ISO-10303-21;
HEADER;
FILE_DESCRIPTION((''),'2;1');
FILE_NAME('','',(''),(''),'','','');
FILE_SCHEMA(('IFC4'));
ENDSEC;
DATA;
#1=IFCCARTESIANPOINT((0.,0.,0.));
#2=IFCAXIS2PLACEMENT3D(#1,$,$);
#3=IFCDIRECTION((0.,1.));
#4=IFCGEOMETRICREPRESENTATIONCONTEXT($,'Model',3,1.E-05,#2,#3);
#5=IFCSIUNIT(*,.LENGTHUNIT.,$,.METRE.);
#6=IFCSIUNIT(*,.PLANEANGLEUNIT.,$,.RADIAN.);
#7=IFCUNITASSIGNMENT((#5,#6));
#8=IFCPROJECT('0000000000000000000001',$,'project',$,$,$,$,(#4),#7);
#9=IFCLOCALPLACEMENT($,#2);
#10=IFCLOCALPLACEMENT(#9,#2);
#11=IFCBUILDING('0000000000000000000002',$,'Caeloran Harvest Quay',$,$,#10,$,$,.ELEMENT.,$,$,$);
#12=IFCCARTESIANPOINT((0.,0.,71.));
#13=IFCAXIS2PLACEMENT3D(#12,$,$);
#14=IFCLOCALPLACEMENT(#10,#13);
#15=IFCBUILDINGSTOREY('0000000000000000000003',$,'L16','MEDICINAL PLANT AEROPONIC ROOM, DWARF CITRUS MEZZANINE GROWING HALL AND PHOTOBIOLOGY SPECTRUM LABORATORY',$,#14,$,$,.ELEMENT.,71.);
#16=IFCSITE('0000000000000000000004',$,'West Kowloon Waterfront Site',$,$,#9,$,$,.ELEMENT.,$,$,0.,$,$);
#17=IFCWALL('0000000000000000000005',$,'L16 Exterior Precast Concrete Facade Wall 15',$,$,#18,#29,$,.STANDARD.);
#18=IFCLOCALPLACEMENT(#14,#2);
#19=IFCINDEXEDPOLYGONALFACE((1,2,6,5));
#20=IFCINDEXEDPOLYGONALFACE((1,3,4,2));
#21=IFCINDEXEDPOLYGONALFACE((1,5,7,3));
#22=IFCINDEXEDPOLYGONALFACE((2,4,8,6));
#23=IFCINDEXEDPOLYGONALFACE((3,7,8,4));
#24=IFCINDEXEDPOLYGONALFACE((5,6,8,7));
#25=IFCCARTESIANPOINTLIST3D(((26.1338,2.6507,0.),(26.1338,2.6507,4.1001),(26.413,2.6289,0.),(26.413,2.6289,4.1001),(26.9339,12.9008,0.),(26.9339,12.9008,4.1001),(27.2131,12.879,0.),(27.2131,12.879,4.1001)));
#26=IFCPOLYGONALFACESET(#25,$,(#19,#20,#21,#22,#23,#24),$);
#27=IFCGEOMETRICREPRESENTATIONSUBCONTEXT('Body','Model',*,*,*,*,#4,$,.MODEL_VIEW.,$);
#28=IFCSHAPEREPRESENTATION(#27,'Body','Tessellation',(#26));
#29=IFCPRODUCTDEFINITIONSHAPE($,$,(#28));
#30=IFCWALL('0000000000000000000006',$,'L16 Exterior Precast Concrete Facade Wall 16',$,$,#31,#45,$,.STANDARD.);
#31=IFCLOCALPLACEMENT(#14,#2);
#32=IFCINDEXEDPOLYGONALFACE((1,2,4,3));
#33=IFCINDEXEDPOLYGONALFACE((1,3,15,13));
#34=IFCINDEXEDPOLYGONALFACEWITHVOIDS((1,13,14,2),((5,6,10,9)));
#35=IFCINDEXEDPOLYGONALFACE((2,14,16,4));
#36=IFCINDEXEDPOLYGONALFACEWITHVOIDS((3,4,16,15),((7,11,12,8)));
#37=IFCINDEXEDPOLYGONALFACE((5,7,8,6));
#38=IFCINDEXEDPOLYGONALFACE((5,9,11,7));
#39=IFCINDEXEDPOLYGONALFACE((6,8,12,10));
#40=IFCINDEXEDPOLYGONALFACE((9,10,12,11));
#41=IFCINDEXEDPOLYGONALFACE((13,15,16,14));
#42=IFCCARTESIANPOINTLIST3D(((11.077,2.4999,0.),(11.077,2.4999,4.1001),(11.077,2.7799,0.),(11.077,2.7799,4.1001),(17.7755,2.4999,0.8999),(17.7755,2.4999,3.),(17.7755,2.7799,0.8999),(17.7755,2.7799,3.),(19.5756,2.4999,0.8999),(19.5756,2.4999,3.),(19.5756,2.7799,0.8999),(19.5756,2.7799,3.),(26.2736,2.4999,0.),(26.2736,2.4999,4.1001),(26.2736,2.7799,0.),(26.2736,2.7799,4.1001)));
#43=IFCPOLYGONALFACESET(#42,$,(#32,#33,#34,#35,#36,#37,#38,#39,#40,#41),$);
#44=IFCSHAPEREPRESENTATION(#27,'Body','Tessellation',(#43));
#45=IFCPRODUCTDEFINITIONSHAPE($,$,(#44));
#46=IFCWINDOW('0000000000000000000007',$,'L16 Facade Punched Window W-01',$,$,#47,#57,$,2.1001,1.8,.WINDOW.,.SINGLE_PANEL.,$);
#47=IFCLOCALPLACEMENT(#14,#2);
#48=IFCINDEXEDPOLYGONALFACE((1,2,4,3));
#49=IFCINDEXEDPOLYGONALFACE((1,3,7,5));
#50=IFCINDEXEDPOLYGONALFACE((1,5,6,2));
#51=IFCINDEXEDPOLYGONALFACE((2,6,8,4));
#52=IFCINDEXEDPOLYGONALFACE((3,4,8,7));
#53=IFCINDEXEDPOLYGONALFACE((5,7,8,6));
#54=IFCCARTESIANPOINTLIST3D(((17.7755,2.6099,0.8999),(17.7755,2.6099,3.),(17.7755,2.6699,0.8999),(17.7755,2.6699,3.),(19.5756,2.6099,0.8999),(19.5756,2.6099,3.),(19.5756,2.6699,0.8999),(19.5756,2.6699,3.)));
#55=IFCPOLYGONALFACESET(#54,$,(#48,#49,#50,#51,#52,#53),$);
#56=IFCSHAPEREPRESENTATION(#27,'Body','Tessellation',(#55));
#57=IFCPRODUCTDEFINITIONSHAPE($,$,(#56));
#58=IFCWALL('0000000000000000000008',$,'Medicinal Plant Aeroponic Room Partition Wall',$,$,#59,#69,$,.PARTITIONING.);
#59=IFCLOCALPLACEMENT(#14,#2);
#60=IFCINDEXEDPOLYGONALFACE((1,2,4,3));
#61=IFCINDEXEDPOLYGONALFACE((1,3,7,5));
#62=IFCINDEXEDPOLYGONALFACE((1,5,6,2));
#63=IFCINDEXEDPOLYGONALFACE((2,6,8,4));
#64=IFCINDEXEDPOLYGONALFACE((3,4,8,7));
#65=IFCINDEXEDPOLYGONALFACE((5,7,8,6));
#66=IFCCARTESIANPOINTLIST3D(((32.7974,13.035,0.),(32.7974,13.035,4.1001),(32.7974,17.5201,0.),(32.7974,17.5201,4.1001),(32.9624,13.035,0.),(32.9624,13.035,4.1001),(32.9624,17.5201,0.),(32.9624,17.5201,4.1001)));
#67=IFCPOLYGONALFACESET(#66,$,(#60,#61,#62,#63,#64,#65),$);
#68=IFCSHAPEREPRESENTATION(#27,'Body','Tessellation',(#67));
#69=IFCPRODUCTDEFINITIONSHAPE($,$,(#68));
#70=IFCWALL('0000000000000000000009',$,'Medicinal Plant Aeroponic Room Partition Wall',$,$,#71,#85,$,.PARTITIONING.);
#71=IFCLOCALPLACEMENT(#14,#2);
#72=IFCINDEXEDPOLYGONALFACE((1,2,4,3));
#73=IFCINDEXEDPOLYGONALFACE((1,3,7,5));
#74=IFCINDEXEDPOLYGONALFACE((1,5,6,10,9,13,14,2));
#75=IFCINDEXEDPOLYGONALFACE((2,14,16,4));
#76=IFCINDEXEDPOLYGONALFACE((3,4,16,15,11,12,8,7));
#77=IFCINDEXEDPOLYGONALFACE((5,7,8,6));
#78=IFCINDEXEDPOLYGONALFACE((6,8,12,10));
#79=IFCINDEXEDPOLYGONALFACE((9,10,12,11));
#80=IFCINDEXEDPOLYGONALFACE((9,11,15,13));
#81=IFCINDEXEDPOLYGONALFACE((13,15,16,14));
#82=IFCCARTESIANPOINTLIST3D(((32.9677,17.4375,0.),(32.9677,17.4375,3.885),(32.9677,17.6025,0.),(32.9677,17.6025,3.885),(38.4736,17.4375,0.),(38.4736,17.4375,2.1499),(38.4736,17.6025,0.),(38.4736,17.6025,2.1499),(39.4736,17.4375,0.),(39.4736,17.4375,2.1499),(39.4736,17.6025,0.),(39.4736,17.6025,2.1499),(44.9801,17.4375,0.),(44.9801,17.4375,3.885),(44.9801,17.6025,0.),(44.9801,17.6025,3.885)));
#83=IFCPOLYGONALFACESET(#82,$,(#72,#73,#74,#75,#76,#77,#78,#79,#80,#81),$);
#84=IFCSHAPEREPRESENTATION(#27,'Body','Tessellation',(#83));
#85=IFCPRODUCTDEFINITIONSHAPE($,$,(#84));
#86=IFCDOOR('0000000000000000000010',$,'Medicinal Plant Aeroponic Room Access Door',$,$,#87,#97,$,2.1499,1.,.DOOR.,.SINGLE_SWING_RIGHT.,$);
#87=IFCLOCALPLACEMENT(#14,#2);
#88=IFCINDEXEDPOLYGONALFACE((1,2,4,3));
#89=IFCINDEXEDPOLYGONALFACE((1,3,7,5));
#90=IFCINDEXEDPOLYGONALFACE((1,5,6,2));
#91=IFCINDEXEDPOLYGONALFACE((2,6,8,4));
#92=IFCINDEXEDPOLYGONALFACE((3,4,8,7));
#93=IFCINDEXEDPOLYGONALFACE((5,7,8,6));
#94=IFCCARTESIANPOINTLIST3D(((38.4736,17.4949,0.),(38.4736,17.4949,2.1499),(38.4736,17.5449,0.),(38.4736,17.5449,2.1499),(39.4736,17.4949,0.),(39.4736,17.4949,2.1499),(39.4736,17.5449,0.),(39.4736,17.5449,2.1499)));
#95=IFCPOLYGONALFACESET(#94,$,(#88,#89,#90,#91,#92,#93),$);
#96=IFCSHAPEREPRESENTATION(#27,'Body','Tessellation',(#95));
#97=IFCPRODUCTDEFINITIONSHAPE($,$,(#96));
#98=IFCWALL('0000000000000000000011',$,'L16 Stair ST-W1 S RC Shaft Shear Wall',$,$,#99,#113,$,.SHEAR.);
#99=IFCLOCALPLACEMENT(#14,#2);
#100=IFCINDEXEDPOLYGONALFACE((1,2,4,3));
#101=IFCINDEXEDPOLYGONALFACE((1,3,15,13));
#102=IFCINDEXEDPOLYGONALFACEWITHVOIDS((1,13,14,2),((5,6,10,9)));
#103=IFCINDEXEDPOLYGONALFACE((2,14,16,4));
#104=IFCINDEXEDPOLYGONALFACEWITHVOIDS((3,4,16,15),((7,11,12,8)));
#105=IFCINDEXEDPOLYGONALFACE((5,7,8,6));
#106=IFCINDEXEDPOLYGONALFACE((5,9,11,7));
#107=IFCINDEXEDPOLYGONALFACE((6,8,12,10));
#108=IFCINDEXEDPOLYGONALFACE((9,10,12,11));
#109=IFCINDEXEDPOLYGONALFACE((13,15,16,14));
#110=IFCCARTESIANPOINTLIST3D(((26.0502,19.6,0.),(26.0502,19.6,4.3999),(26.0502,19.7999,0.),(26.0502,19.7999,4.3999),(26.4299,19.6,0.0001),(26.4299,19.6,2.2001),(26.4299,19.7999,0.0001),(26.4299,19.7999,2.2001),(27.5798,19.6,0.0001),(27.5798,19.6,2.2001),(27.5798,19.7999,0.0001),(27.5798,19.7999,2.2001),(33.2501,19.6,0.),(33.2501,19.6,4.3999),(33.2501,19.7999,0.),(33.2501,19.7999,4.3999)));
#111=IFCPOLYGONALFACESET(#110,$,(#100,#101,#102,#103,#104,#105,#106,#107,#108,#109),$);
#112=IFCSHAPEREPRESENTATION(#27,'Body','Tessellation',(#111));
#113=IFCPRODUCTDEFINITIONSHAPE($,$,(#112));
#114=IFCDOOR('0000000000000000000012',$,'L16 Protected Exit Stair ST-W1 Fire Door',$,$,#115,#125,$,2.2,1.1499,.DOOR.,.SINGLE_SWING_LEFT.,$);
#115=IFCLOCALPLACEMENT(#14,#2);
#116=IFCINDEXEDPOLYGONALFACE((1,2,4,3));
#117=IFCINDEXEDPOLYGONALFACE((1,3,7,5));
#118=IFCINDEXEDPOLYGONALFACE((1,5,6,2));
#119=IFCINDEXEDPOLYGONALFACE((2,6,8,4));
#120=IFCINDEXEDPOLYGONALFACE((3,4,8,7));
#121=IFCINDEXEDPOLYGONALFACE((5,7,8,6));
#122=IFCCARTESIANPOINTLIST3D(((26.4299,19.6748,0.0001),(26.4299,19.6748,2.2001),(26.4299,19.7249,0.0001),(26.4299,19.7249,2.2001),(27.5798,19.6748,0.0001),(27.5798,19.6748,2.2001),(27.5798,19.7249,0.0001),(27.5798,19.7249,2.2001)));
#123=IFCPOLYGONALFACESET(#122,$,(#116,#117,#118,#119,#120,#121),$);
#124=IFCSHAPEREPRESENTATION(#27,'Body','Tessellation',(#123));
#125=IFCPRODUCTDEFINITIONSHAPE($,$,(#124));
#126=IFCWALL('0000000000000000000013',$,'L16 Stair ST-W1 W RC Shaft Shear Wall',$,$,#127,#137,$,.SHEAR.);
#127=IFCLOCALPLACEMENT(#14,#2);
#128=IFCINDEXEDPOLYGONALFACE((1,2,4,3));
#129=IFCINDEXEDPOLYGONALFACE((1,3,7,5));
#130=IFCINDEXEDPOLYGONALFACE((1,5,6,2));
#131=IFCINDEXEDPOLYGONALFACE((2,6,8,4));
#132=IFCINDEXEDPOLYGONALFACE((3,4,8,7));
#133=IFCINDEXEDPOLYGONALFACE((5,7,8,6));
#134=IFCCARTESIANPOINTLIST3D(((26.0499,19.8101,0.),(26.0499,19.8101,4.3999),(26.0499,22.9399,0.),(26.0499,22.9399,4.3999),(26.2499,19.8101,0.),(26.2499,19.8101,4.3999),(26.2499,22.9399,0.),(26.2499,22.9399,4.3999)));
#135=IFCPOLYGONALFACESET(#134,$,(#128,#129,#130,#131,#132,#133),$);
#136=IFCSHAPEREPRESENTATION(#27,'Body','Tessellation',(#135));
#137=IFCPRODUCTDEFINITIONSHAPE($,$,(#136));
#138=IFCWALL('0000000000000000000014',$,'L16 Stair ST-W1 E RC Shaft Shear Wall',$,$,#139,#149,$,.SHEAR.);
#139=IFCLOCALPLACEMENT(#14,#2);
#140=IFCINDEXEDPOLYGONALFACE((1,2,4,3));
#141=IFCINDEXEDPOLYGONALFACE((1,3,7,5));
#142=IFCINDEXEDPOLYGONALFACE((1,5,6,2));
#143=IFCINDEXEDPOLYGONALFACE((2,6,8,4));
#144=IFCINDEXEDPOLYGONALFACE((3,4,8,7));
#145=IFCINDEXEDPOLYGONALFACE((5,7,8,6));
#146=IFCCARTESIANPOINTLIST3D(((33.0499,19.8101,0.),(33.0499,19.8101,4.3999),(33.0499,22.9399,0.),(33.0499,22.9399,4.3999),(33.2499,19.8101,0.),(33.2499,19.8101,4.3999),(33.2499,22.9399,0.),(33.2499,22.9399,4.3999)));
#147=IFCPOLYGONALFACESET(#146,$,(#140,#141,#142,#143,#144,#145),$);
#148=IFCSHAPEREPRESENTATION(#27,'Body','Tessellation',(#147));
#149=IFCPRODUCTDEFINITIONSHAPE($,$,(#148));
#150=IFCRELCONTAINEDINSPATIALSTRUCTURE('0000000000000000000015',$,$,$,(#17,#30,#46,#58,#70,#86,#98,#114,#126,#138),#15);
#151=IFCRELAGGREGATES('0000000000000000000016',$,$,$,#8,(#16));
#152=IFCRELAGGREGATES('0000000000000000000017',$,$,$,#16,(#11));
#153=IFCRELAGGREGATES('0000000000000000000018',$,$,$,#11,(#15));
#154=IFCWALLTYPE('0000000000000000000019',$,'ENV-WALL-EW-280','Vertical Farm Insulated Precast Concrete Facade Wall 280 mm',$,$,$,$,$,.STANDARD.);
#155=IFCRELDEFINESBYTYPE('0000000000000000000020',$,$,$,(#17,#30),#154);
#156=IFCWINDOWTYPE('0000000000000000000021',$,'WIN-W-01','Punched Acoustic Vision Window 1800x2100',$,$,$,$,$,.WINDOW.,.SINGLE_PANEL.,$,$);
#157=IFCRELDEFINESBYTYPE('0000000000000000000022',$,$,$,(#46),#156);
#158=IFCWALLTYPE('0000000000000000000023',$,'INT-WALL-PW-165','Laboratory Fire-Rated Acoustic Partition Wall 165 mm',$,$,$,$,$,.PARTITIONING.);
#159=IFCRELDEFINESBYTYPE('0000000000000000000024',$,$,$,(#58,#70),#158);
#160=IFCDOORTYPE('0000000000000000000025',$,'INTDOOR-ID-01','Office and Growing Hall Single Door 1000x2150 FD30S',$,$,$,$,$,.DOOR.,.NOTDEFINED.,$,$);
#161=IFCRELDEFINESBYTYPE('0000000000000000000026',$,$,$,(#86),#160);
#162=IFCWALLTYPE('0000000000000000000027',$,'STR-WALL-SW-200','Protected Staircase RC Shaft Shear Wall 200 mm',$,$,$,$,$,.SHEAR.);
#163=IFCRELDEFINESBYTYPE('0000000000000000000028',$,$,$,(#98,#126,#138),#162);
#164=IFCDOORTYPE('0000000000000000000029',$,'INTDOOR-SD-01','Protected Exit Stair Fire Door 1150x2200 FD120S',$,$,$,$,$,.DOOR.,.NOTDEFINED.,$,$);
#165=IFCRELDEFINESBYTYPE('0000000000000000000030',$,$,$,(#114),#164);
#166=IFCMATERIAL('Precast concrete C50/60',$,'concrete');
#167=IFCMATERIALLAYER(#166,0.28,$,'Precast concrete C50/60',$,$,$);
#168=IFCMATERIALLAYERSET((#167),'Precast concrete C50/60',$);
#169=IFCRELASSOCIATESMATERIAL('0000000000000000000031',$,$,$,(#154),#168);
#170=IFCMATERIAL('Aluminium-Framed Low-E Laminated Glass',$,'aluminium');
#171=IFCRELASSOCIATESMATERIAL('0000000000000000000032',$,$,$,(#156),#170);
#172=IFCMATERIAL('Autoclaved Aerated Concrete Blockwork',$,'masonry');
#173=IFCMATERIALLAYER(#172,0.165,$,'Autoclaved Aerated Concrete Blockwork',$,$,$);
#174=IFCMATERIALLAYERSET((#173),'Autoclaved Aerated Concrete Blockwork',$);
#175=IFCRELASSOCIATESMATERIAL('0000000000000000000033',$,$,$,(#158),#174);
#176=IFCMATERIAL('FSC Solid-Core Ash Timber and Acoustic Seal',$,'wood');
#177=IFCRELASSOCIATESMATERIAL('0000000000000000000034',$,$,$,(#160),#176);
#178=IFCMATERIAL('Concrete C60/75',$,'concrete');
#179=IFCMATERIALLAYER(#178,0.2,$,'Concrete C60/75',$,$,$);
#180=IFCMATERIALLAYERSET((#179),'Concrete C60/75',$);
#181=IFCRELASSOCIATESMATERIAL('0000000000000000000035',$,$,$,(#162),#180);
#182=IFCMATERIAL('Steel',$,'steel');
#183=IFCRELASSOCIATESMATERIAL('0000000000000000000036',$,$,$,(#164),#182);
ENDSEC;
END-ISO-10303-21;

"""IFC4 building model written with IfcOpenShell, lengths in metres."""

from ifc_helpers import new_model, si_unit, direction, frame, frame_2d, origin, place, context, subcontext, project, spatial, rectangle, extrude, material, layer, layer_set, type_object, element, fill, save


model = new_model("IFC4")

# Units and contexts
model_context = context("Model", 3, precision=1e-05, world=origin(), true_north=direction((0.0, 1.0)))
body_context = subcontext(model_context, "Body", "Model", "MODEL_VIEW")
ifc_project = project(units=[si_unit("LENGTHUNIT", "METRE"), si_unit("PLANEANGLEUNIT", "RADIAN")], contexts=[model_context])

# Site, building, storey
site_placement = place(None, origin())
site = spatial("IfcSite", under=ifc_project, at=site_placement, Name="West Kowloon Waterfront Site", CompositionType="ELEMENT", RefElevation=0.0)
building_placement = place(site_placement, origin())
building = spatial("IfcBuilding", under=site, at=building_placement, Name="Caeloran Harvest Quay", CompositionType="ELEMENT")
storey_placement = place(building_placement, frame((0.0, 0.0, 71.0)))
storey = spatial("IfcBuildingStorey", under=building, at=storey_placement, Name="L16", Description="MEDICINAL PLANT AEROPONIC ROOM, DWARF CITRUS MEZZANINE GROWING HALL AND PHOTOBIOLOGY SPECTRUM LABORATORY", CompositionType="ELEMENT", Elevation=71.0)

# Shared definitions
ifc_material_1 = material(Name="Precast concrete C50/60", Category="concrete")

# Shared definitions
ifc_layer_1 = layer(ifc_material_1, 0.28, Name="Precast concrete C50/60")
ifc_layer_set_1 = layer_set([ifc_layer_1], Name="Precast concrete C50/60")
wall_type_1 = type_object("IfcWallType", Name="ENV-WALL-EW-280", Description="Vertical Farm Insulated Precast Concrete Facade Wall 280 mm", PredefinedType="STANDARD", material=ifc_layer_set_1)
ifc_material_2 = material(Name="Aluminium-Framed Low-E Laminated Glass", Category="aluminium")
window_type = type_object("IfcWindowType", Name="WIN-W-01", Description="Punched Acoustic Vision Window 1800x2100", PartitioningType="SINGLE_PANEL", PredefinedType="WINDOW", material=ifc_material_2)

# Wall
wall_1_placement = place(storey_placement, frame((27.0735, 12.8899, 0.0), z_axis=(0.0, 0.0, 1.0), x_axis=(-0.077817, -0.996968, 0.0)))
element("IfcWall", 1, at=wall_1_placement, inside=storey, type_object=wall_type_1, Name="L16 Exterior Precast Concrete Facade Wall 15", PredefinedType="STANDARD", context=body_context, shape_type="SweptSolid", body=[
    extrude(rectangle(XDim=10.2812, YDim=0.28, at=frame_2d((5.1406, 0.0))), origin(), (0.0, 0.0, 1.0), 4.1001),
])

# Wall, opening, window
wall_2_placement = place(storey_placement, frame((26.2734, 2.6399, 0.0), z_axis=(0.0, 0.0, 1.0), x_axis=(-1.0, 0.0, 0.0)))
wall_2 = element("IfcWall", 2, at=wall_2_placement, inside=storey, type_object=wall_type_1, Name="L16 Exterior Precast Concrete Facade Wall 16", PredefinedType="STANDARD", context=body_context, shape_type="SweptSolid", body=[
    extrude(rectangle(XDim=15.1965, YDim=0.28, at=frame_2d((7.5981, 0.0))), origin(), (0.0, 0.0, 1.0), 4.1001),
])
opening_1_placement = place(wall_2_placement, frame((6.698, 0.0, 0.8999)))
opening_1 = element("IfcOpeningElement", 3, at=opening_1_placement, cuts=wall_2, PredefinedType="OPENING", context=body_context, shape_type="SweptSolid", body=[
    extrude(rectangle(XDim=1.8, YDim=2.1001, at=frame_2d((0.8999, 1.05))), frame((0.0, 0.1499, 0.0), z_axis=(0.0, -1.0, 0.0), x_axis=(1.0, 0.0, 0.0)), (0.0, 0.0, 1.0), 0.3),
])
window_1_placement = place(opening_1_placement, origin())
window_1 = element("IfcWindow", 4, at=window_1_placement, inside=storey, type_object=window_type, Name="L16 Facade Punched Window W-01", OverallHeight=2.1001, OverallWidth=1.8, PartitioningType="SINGLE_PANEL", PredefinedType="WINDOW", context=body_context, shape_type="SweptSolid", body=[
    extrude(rectangle(XDim=1.8, YDim=2.1001, at=frame_2d((0.8999, 1.05))), frame((0.0, 0.03, 0.0), z_axis=(0.0, -1.0, 0.0), x_axis=(1.0, 0.0, 0.0)), (0.0, 0.0, 1.0), 0.0601),
])
fill(opening_1, window_1)

# Wall
ifc_material_3 = material(Name="Autoclaved Aerated Concrete Blockwork", Category="masonry")
ifc_layer_2 = layer(ifc_material_3, 0.165, Name="Autoclaved Aerated Concrete Blockwork")
ifc_layer_set_2 = layer_set([ifc_layer_2], Name="Autoclaved Aerated Concrete Blockwork")
wall_type_2 = type_object("IfcWallType", Name="INT-WALL-PW-165", Description="Laboratory Fire-Rated Acoustic Partition Wall 165 mm", PredefinedType="PARTITIONING", material=ifc_layer_set_2)
wall_3_placement = place(storey_placement, frame((32.8799, 13.0349, 0.0), z_axis=(0.0, 0.0, 1.0), x_axis=(0.0, 1.0, 0.0)))
element("IfcWall", 5, at=wall_3_placement, inside=storey, type_object=wall_type_2, Name="Medicinal Plant Aeroponic Room Partition Wall", PredefinedType="PARTITIONING", context=body_context, shape_type="SweptSolid", body=[
    extrude(rectangle(XDim=4.4851, YDim=0.165, at=frame_2d((2.2427, 0.0))), origin(), (0.0, 0.0, 1.0), 4.1001),
])

# Walls, openings, doors
wall_4_placement = place(storey_placement, frame((32.9675, 17.52, 0.0), z_axis=(0.0, 0.0, 1.0), x_axis=(1.0, 0.0, 0.0)))
wall_4 = element("IfcWall", 6, at=wall_4_placement, inside=storey, type_object=wall_type_2, Name="Medicinal Plant Aeroponic Room Partition Wall", PredefinedType="PARTITIONING", context=body_context, shape_type="SweptSolid", body=[
    extrude(rectangle(XDim=12.0125, YDim=0.165, at=frame_2d((6.0063, 0.0))), origin(), (0.0, 0.0, 1.0), 3.885),
])
opening_2_placement = place(wall_4_placement, frame((5.5061, 0.0, 0.0)))
opening_2 = element("IfcOpeningElement", 7, at=opening_2_placement, cuts=wall_4, PredefinedType="OPENING", context=body_context, shape_type="SweptSolid", body=[
    extrude(rectangle(XDim=1.0, YDim=2.1499, at=frame_2d((0.5, 1.075))), frame((0.0, 0.0925, 0.0), z_axis=(0.0, -1.0, 0.0), x_axis=(1.0, 0.0, 0.0)), (0.0, 0.0, 1.0), 0.1851),
])
ifc_material_4 = material(Name="FSC Solid-Core Ash Timber and Acoustic Seal", Category="wood")
door_type_1 = type_object("IfcDoorType", Name="INTDOOR-ID-01", Description="Office and Growing Hall Single Door 1000x2150 FD30S", OperationType="NOTDEFINED", PredefinedType="DOOR", material=ifc_material_4)
door_1_placement = place(opening_2_placement, origin())
door_1 = element("IfcDoor", 8, at=door_1_placement, inside=storey, type_object=door_type_1, Name="Medicinal Plant Aeroponic Room Access Door", OperationType="SINGLE_SWING_RIGHT", OverallHeight=2.1499, OverallWidth=1.0, PredefinedType="DOOR", context=body_context, shape_type="SweptSolid", body=[
    extrude(rectangle(XDim=1.0, YDim=2.1499, at=frame_2d((0.5, 1.075))), frame((0.0, 0.0249, 0.0), z_axis=(0.0, -1.0, 0.0), x_axis=(1.0, 0.0, 0.0)), (0.0, 0.0, 1.0), 0.05),
])
fill(opening_2, door_1)
ifc_material_5 = material(Name="Concrete C60/75", Category="concrete")
ifc_layer_3 = layer(ifc_material_5, 0.2, Name="Concrete C60/75")
ifc_layer_set_3 = layer_set([ifc_layer_3], Name="Concrete C60/75")
wall_type_3 = type_object("IfcWallType", Name="STR-WALL-SW-200", Description="Protected Staircase RC Shaft Shear Wall 200 mm", PredefinedType="SHEAR", material=ifc_layer_set_3)
wall_5_placement = place(storey_placement, frame((26.05, 19.7, 0.0), z_axis=(0.0, 0.0, 1.0), x_axis=(1.0, 0.0, 0.0)))
wall_5 = element("IfcWall", 9, at=wall_5_placement, inside=storey, type_object=wall_type_3, Name="L16 Stair ST-W1 S RC Shaft Shear Wall", PredefinedType="SHEAR", context=body_context, shape_type="SweptSolid", body=[
    extrude(rectangle(XDim=7.2, YDim=0.2, at=frame_2d((3.6001, 0.0))), origin(), (0.0, 0.0, 1.0), 4.3999),
])
opening_3_placement = place(wall_5_placement, frame((0.3799, 0.0, 0.0)))
opening_3 = element("IfcOpeningElement", 10, at=opening_3_placement, cuts=wall_5, PredefinedType="OPENING", context=body_context, shape_type="SweptSolid", body=[
    extrude(rectangle(XDim=1.1499, YDim=2.2, at=frame_2d((0.575, 1.1001))), frame((0.0, 0.1099, 0.0), z_axis=(0.0, -1.0, 0.0), x_axis=(1.0, 0.0, 0.0)), (0.0, 0.0, 1.0), 0.22),
])
ifc_material_6 = material(Name="Steel", Category="steel")
door_type_2 = type_object("IfcDoorType", Name="INTDOOR-SD-01", Description="Protected Exit Stair Fire Door 1150x2200 FD120S", OperationType="NOTDEFINED", PredefinedType="DOOR", material=ifc_material_6)
door_2_placement = place(opening_3_placement, origin())
door_2 = element("IfcDoor", 11, at=door_2_placement, inside=storey, type_object=door_type_2, Name="L16 Protected Exit Stair ST-W1 Fire Door", OperationType="SINGLE_SWING_LEFT", OverallHeight=2.2, OverallWidth=1.1499, PredefinedType="DOOR", context=body_context, shape_type="SweptSolid", body=[
    extrude(rectangle(XDim=1.1499, YDim=2.2, at=frame_2d((0.575, 1.1001))), frame((0.0, 0.0249, 0.0), z_axis=(0.0, -1.0, 0.0), x_axis=(1.0, 0.0, 0.0)), (0.0, 0.0, 1.0), 0.05),
])
fill(opening_3, door_2)

# Walls
for number, where, z_axis, x_axis, name in (
    (12, (26.1499, 19.8101, 0.0), (0.0, 0.0, 1.0), (0.0, 1.0, 0.0), "L16 Stair ST-W1 W RC Shaft Shear Wall"),
    (13, (33.1499, 19.8101, 0.0), (0.0, 0.0, 1.0), (0.0, 1.0, 0.0), "L16 Stair ST-W1 E RC Shaft Shear Wall"),
):
    element("IfcWall", number, at=place(storey_placement, frame(where, z_axis=z_axis, x_axis=x_axis)), inside=storey, type_object=wall_type_3, Name=name, PredefinedType="SHEAR", context=body_context, shape_type="SweptSolid", body=[
        extrude(rectangle(XDim=3.1299, YDim=0.2, at=frame_2d((1.5649, 0.0))), origin(), (0.0, 0.0, 1.0), 4.3999),
    ])

save(model, "model.ifc")
